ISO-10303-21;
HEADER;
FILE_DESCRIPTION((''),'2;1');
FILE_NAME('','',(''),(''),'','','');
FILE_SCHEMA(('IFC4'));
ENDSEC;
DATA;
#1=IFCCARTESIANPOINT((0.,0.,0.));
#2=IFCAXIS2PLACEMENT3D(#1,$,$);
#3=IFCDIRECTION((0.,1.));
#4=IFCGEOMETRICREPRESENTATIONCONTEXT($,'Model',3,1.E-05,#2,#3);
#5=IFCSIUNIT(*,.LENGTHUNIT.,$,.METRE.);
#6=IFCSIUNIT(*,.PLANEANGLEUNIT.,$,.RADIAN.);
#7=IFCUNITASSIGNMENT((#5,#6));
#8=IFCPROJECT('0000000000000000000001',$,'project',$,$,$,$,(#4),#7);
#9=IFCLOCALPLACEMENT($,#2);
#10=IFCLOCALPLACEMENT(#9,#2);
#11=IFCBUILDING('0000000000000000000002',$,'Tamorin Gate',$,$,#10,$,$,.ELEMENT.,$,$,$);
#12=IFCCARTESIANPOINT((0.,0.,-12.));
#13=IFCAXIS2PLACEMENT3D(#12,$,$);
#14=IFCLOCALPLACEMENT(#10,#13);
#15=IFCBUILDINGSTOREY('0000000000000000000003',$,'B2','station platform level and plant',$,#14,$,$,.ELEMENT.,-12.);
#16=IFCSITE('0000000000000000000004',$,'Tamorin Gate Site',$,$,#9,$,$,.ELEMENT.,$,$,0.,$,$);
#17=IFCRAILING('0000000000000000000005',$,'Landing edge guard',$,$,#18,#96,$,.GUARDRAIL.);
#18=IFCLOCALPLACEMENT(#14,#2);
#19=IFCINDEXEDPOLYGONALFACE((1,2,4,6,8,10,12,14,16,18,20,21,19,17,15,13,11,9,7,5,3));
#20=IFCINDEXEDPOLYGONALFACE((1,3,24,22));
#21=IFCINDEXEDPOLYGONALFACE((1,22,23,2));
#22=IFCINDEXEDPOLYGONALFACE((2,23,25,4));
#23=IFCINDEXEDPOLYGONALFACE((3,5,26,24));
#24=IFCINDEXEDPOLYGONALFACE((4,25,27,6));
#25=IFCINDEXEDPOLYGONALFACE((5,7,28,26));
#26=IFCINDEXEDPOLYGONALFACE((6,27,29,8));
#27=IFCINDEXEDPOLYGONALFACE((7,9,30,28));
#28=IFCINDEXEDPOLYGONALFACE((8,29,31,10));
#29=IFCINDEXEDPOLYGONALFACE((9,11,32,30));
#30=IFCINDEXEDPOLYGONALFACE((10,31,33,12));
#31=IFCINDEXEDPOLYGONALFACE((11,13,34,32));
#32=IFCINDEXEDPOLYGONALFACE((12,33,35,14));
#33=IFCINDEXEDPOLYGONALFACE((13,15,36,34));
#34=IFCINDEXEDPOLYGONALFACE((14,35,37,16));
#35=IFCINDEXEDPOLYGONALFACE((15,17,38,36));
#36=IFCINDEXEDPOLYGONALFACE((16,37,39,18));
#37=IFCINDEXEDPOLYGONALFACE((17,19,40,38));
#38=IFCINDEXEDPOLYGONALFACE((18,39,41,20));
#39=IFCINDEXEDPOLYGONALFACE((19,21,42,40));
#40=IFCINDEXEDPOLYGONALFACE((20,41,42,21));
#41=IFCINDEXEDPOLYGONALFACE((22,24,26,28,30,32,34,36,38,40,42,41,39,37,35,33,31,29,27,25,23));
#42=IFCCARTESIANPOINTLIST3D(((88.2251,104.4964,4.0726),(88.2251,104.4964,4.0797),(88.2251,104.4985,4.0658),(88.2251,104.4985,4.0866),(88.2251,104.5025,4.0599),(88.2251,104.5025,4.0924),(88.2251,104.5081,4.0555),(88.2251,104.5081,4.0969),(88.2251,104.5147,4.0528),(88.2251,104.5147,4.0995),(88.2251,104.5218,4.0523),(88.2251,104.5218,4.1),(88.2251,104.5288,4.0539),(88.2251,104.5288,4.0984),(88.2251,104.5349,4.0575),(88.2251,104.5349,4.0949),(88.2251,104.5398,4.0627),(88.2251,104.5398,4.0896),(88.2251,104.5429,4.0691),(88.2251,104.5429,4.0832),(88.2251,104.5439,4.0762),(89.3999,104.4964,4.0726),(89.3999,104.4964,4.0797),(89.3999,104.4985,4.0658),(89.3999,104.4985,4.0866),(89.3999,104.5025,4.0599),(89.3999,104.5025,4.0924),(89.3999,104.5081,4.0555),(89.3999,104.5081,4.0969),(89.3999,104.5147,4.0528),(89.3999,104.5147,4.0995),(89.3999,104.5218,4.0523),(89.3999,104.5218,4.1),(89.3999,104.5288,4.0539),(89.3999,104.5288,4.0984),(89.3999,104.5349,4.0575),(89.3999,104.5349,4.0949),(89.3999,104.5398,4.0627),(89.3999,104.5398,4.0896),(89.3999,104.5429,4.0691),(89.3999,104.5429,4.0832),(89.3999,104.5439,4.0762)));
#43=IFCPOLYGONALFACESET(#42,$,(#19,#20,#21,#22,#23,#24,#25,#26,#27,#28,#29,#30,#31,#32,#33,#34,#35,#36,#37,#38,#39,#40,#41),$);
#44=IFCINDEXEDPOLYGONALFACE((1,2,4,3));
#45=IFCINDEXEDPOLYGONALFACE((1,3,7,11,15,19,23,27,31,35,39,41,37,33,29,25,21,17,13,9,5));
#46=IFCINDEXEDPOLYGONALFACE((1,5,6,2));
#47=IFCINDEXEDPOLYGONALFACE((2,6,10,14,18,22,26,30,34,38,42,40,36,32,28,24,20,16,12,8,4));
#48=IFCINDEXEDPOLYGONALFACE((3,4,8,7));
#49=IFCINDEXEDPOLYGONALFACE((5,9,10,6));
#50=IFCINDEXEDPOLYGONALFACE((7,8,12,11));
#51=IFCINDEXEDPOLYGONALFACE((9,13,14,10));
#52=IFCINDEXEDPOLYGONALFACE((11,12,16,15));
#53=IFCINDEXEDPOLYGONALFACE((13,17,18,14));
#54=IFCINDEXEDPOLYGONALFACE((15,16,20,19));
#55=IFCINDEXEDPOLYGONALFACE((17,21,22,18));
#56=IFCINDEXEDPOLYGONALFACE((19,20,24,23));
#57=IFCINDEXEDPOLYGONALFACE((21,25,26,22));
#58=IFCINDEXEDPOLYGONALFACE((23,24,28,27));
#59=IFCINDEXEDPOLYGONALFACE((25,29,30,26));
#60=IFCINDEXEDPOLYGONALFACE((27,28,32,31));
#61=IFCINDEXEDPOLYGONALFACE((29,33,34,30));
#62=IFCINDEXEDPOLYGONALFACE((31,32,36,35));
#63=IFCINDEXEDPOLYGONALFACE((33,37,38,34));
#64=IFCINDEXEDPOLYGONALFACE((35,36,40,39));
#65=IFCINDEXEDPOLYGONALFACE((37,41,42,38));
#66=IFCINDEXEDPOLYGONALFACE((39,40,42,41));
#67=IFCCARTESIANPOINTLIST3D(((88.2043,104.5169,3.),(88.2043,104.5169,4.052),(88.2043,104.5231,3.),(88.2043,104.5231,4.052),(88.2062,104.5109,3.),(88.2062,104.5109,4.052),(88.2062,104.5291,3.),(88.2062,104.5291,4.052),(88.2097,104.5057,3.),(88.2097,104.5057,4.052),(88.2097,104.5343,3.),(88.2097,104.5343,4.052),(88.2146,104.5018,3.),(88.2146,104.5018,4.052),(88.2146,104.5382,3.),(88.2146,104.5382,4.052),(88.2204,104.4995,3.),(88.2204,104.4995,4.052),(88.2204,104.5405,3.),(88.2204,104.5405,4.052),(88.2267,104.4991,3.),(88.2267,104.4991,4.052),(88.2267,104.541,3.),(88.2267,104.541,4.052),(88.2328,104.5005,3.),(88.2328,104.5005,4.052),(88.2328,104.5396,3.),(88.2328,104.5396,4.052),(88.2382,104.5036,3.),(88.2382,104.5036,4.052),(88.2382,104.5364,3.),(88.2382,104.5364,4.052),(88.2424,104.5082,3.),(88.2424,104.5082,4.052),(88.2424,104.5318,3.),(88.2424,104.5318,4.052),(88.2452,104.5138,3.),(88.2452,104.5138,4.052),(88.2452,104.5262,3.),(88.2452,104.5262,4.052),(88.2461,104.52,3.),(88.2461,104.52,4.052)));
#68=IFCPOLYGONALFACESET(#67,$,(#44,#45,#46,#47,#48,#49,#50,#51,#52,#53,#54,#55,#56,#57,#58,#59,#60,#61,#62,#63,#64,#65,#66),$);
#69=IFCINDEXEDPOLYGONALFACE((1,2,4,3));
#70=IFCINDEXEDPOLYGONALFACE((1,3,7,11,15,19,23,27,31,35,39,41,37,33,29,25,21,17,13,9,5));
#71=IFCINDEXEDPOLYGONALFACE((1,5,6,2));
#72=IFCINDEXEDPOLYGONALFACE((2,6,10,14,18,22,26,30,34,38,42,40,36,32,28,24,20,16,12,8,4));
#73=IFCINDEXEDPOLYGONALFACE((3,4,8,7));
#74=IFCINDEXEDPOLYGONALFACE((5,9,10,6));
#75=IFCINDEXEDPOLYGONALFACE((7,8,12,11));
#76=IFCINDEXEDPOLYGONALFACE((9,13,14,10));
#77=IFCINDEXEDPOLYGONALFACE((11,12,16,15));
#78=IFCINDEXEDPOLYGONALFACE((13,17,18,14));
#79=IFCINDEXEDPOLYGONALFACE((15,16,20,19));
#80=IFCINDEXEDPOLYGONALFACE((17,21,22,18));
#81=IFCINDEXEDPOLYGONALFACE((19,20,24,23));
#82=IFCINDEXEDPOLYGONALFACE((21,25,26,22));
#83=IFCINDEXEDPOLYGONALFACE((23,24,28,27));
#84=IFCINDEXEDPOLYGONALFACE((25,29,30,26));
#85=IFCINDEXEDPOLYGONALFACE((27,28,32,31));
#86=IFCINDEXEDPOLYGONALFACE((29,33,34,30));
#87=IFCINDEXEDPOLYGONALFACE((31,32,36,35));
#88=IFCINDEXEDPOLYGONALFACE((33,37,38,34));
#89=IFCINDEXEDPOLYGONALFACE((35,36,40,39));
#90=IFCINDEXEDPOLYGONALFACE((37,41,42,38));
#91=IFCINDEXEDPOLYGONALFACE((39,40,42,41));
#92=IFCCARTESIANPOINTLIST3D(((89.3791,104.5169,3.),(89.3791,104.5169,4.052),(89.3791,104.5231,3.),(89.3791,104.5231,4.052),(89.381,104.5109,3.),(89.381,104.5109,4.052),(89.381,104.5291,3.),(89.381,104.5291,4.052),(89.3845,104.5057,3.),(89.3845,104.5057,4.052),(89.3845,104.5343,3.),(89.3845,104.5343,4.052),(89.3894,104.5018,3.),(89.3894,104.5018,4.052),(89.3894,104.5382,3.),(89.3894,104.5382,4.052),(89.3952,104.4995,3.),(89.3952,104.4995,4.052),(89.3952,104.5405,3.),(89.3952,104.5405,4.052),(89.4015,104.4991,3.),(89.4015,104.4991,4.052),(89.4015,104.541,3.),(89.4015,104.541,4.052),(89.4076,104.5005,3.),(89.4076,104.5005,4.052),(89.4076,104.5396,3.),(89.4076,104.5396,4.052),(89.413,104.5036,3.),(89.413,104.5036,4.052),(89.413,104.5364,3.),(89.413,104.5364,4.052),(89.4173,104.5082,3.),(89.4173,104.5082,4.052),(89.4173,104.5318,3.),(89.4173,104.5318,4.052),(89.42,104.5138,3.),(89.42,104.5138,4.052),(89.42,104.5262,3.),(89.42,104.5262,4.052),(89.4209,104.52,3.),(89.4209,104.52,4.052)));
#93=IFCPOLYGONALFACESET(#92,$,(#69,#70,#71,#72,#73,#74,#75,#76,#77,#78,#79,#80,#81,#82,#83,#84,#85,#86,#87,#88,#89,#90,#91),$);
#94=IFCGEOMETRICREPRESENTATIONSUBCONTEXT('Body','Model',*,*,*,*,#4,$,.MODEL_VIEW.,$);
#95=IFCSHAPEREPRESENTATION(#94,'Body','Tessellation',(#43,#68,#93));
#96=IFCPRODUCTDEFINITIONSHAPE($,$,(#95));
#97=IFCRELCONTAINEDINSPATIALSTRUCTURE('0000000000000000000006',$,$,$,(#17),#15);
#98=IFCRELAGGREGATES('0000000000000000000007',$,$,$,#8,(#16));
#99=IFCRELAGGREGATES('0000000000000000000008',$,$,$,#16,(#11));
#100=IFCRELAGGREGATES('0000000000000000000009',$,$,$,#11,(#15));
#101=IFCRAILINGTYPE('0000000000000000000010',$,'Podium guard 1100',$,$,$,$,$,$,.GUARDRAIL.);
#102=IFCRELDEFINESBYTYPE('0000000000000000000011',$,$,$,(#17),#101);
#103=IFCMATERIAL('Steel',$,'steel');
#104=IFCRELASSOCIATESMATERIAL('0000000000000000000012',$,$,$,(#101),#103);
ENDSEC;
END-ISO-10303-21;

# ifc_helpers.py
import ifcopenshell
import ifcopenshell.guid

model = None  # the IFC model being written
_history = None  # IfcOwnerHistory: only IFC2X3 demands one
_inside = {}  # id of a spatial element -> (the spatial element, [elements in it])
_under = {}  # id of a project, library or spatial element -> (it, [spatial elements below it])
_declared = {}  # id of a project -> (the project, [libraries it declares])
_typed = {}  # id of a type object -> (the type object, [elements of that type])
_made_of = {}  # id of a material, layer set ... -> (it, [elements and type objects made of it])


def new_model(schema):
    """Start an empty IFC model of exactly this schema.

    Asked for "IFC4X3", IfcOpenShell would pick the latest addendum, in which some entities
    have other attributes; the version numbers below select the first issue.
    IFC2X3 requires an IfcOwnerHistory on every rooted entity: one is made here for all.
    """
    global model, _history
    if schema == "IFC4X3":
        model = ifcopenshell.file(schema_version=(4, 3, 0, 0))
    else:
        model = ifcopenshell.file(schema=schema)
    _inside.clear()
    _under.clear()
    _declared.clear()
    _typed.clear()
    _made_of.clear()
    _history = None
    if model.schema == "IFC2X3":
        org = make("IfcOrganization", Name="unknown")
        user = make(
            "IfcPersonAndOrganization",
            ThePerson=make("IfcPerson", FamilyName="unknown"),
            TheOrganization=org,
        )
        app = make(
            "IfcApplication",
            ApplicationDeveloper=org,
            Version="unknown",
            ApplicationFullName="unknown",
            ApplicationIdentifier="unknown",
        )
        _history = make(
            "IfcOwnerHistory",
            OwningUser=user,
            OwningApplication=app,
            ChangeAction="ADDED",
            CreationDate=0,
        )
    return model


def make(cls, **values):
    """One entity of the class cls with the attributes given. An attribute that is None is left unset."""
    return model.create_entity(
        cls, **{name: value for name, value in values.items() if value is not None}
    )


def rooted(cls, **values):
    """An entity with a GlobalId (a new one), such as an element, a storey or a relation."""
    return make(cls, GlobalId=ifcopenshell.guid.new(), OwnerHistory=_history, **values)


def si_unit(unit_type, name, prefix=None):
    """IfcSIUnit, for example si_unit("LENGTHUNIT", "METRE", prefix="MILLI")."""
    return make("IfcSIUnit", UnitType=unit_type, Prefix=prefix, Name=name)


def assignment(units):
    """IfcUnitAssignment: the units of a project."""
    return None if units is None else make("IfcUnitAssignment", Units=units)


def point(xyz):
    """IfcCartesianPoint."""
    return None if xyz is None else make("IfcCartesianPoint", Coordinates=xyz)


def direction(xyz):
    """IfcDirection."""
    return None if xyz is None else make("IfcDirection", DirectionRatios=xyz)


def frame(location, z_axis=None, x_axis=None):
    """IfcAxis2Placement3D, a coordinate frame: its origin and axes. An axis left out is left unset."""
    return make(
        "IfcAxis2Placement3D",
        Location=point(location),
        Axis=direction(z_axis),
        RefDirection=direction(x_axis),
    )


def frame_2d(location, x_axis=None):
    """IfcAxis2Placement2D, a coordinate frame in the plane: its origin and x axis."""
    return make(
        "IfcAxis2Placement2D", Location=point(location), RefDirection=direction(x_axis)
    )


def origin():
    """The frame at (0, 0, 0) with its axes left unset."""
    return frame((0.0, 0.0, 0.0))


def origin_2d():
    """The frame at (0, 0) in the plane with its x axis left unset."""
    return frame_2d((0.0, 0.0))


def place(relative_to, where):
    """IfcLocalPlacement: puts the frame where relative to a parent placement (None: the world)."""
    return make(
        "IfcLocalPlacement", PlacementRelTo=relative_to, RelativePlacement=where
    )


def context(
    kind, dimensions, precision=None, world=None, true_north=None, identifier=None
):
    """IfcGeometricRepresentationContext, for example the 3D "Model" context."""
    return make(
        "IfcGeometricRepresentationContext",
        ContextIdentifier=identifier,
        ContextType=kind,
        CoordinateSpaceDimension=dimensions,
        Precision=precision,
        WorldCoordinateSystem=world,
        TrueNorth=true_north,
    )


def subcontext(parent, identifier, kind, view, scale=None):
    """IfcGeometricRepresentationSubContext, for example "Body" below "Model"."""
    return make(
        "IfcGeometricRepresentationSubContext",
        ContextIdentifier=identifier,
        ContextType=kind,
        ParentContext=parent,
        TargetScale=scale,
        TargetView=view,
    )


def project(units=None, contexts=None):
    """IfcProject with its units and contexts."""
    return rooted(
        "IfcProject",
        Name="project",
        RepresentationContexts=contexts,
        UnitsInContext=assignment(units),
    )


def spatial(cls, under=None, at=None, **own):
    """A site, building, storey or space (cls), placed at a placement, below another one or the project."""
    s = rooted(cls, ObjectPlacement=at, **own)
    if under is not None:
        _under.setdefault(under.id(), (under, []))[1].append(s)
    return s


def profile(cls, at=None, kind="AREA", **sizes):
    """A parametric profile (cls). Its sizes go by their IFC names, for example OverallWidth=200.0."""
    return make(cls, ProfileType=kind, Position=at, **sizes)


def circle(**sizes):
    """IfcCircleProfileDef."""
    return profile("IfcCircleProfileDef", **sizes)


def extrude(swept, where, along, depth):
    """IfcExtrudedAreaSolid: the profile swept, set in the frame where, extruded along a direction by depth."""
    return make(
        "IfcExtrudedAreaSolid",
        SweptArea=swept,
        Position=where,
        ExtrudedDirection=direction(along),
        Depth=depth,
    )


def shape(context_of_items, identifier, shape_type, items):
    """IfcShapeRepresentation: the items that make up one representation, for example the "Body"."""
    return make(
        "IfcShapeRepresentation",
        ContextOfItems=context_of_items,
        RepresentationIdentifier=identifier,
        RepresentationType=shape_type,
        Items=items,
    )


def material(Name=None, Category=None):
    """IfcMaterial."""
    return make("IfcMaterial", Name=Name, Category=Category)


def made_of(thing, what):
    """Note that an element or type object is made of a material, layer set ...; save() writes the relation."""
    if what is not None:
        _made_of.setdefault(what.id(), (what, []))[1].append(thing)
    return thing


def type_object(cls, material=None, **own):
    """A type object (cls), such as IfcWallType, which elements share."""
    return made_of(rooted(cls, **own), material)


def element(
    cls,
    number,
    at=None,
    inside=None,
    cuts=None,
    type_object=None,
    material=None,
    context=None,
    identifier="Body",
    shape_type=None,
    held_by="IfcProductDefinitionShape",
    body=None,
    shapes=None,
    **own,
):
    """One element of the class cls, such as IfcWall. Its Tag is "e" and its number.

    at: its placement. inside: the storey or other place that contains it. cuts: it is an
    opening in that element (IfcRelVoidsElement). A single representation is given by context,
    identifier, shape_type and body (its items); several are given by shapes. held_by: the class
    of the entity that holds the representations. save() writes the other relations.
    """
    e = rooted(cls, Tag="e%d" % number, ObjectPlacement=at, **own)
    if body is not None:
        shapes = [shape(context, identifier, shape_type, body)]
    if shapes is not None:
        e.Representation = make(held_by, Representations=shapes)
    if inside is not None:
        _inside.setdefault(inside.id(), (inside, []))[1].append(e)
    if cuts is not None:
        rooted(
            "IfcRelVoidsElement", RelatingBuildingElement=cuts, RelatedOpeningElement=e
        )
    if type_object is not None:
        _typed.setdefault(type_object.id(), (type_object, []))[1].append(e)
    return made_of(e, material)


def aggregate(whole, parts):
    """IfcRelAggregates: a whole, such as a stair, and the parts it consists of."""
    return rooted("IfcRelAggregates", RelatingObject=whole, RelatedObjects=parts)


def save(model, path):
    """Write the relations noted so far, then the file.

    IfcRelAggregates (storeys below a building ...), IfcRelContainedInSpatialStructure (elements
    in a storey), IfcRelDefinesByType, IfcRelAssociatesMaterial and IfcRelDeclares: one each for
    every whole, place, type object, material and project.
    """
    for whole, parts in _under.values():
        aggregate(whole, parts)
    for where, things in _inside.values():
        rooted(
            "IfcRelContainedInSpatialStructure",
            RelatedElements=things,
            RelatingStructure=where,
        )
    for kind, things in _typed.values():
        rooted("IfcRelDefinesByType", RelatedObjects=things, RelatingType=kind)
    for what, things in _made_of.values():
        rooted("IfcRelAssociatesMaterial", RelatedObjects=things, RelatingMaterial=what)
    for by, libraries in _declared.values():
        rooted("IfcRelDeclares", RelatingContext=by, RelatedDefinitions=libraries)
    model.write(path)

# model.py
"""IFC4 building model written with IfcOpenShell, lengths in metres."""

from ifc_helpers import new_model, si_unit, direction, frame, origin, origin_2d, place, context, subcontext, project, spatial, circle, extrude, material, type_object, element, save


model = new_model("IFC4")

# Units and contexts
model_context = context("Model", 3, precision=1e-05, world=origin(), true_north=direction((0.0, 1.0)))
body_context = subcontext(model_context, "Body", "Model", "MODEL_VIEW")
ifc_project = project(units=[si_unit("LENGTHUNIT", "METRE"), si_unit("PLANEANGLEUNIT", "RADIAN")], contexts=[model_context])

# Site, building, storey
site_placement = place(None, origin())
site = spatial("IfcSite", under=ifc_project, at=site_placement, Name="Tamorin Gate Site", CompositionType="ELEMENT", RefElevation=0.0)
building_placement = place(site_placement, origin())
building = spatial("IfcBuilding", under=site, at=building_placement, Name="Tamorin Gate", CompositionType="ELEMENT")
storey_placement = place(building_placement, frame((0.0, 0.0, -12.0)))
storey = spatial("IfcBuildingStorey", under=building, at=storey_placement, Name="B2", Description="station platform level and plant", CompositionType="ELEMENT", Elevation=-12.0)

# Railing
ifc_material_1 = material(Name="Steel", Category="steel")
railing_type_1 = type_object("IfcRailingType", Name="Podium guard 1100", PredefinedType="GUARDRAIL", material=ifc_material_1)
for number, where, name in (
    (1, (88.2251, 104.52, 3.0), "Landing edge guard"),
):
    element("IfcRailing", number, at=place(storey_placement, frame(where)), inside=storey, type_object=railing_type_1, Name=name, PredefinedType="GUARDRAIL", context=body_context, shape_type="SweptSolid", body=[
        extrude(circle(Radius=0.0239, at=origin_2d()), frame((0.0, 0.0, 1.0762), z_axis=(1.0, 0.0, 0.0), x_axis=(0.0, 1.0, 0.0)), (0.0, 0.0, 1.0), 1.1748),
        extrude(circle(Radius=0.021, at=origin_2d()), origin(), (0.0, 0.0, 1.0), 1.052),
        extrude(circle(Radius=0.021, at=origin_2d()), frame((1.1748, 0.0, 0.0)), (0.0, 0.0, 1.0), 1.052),
    ])

save(model, "model.ifc")
